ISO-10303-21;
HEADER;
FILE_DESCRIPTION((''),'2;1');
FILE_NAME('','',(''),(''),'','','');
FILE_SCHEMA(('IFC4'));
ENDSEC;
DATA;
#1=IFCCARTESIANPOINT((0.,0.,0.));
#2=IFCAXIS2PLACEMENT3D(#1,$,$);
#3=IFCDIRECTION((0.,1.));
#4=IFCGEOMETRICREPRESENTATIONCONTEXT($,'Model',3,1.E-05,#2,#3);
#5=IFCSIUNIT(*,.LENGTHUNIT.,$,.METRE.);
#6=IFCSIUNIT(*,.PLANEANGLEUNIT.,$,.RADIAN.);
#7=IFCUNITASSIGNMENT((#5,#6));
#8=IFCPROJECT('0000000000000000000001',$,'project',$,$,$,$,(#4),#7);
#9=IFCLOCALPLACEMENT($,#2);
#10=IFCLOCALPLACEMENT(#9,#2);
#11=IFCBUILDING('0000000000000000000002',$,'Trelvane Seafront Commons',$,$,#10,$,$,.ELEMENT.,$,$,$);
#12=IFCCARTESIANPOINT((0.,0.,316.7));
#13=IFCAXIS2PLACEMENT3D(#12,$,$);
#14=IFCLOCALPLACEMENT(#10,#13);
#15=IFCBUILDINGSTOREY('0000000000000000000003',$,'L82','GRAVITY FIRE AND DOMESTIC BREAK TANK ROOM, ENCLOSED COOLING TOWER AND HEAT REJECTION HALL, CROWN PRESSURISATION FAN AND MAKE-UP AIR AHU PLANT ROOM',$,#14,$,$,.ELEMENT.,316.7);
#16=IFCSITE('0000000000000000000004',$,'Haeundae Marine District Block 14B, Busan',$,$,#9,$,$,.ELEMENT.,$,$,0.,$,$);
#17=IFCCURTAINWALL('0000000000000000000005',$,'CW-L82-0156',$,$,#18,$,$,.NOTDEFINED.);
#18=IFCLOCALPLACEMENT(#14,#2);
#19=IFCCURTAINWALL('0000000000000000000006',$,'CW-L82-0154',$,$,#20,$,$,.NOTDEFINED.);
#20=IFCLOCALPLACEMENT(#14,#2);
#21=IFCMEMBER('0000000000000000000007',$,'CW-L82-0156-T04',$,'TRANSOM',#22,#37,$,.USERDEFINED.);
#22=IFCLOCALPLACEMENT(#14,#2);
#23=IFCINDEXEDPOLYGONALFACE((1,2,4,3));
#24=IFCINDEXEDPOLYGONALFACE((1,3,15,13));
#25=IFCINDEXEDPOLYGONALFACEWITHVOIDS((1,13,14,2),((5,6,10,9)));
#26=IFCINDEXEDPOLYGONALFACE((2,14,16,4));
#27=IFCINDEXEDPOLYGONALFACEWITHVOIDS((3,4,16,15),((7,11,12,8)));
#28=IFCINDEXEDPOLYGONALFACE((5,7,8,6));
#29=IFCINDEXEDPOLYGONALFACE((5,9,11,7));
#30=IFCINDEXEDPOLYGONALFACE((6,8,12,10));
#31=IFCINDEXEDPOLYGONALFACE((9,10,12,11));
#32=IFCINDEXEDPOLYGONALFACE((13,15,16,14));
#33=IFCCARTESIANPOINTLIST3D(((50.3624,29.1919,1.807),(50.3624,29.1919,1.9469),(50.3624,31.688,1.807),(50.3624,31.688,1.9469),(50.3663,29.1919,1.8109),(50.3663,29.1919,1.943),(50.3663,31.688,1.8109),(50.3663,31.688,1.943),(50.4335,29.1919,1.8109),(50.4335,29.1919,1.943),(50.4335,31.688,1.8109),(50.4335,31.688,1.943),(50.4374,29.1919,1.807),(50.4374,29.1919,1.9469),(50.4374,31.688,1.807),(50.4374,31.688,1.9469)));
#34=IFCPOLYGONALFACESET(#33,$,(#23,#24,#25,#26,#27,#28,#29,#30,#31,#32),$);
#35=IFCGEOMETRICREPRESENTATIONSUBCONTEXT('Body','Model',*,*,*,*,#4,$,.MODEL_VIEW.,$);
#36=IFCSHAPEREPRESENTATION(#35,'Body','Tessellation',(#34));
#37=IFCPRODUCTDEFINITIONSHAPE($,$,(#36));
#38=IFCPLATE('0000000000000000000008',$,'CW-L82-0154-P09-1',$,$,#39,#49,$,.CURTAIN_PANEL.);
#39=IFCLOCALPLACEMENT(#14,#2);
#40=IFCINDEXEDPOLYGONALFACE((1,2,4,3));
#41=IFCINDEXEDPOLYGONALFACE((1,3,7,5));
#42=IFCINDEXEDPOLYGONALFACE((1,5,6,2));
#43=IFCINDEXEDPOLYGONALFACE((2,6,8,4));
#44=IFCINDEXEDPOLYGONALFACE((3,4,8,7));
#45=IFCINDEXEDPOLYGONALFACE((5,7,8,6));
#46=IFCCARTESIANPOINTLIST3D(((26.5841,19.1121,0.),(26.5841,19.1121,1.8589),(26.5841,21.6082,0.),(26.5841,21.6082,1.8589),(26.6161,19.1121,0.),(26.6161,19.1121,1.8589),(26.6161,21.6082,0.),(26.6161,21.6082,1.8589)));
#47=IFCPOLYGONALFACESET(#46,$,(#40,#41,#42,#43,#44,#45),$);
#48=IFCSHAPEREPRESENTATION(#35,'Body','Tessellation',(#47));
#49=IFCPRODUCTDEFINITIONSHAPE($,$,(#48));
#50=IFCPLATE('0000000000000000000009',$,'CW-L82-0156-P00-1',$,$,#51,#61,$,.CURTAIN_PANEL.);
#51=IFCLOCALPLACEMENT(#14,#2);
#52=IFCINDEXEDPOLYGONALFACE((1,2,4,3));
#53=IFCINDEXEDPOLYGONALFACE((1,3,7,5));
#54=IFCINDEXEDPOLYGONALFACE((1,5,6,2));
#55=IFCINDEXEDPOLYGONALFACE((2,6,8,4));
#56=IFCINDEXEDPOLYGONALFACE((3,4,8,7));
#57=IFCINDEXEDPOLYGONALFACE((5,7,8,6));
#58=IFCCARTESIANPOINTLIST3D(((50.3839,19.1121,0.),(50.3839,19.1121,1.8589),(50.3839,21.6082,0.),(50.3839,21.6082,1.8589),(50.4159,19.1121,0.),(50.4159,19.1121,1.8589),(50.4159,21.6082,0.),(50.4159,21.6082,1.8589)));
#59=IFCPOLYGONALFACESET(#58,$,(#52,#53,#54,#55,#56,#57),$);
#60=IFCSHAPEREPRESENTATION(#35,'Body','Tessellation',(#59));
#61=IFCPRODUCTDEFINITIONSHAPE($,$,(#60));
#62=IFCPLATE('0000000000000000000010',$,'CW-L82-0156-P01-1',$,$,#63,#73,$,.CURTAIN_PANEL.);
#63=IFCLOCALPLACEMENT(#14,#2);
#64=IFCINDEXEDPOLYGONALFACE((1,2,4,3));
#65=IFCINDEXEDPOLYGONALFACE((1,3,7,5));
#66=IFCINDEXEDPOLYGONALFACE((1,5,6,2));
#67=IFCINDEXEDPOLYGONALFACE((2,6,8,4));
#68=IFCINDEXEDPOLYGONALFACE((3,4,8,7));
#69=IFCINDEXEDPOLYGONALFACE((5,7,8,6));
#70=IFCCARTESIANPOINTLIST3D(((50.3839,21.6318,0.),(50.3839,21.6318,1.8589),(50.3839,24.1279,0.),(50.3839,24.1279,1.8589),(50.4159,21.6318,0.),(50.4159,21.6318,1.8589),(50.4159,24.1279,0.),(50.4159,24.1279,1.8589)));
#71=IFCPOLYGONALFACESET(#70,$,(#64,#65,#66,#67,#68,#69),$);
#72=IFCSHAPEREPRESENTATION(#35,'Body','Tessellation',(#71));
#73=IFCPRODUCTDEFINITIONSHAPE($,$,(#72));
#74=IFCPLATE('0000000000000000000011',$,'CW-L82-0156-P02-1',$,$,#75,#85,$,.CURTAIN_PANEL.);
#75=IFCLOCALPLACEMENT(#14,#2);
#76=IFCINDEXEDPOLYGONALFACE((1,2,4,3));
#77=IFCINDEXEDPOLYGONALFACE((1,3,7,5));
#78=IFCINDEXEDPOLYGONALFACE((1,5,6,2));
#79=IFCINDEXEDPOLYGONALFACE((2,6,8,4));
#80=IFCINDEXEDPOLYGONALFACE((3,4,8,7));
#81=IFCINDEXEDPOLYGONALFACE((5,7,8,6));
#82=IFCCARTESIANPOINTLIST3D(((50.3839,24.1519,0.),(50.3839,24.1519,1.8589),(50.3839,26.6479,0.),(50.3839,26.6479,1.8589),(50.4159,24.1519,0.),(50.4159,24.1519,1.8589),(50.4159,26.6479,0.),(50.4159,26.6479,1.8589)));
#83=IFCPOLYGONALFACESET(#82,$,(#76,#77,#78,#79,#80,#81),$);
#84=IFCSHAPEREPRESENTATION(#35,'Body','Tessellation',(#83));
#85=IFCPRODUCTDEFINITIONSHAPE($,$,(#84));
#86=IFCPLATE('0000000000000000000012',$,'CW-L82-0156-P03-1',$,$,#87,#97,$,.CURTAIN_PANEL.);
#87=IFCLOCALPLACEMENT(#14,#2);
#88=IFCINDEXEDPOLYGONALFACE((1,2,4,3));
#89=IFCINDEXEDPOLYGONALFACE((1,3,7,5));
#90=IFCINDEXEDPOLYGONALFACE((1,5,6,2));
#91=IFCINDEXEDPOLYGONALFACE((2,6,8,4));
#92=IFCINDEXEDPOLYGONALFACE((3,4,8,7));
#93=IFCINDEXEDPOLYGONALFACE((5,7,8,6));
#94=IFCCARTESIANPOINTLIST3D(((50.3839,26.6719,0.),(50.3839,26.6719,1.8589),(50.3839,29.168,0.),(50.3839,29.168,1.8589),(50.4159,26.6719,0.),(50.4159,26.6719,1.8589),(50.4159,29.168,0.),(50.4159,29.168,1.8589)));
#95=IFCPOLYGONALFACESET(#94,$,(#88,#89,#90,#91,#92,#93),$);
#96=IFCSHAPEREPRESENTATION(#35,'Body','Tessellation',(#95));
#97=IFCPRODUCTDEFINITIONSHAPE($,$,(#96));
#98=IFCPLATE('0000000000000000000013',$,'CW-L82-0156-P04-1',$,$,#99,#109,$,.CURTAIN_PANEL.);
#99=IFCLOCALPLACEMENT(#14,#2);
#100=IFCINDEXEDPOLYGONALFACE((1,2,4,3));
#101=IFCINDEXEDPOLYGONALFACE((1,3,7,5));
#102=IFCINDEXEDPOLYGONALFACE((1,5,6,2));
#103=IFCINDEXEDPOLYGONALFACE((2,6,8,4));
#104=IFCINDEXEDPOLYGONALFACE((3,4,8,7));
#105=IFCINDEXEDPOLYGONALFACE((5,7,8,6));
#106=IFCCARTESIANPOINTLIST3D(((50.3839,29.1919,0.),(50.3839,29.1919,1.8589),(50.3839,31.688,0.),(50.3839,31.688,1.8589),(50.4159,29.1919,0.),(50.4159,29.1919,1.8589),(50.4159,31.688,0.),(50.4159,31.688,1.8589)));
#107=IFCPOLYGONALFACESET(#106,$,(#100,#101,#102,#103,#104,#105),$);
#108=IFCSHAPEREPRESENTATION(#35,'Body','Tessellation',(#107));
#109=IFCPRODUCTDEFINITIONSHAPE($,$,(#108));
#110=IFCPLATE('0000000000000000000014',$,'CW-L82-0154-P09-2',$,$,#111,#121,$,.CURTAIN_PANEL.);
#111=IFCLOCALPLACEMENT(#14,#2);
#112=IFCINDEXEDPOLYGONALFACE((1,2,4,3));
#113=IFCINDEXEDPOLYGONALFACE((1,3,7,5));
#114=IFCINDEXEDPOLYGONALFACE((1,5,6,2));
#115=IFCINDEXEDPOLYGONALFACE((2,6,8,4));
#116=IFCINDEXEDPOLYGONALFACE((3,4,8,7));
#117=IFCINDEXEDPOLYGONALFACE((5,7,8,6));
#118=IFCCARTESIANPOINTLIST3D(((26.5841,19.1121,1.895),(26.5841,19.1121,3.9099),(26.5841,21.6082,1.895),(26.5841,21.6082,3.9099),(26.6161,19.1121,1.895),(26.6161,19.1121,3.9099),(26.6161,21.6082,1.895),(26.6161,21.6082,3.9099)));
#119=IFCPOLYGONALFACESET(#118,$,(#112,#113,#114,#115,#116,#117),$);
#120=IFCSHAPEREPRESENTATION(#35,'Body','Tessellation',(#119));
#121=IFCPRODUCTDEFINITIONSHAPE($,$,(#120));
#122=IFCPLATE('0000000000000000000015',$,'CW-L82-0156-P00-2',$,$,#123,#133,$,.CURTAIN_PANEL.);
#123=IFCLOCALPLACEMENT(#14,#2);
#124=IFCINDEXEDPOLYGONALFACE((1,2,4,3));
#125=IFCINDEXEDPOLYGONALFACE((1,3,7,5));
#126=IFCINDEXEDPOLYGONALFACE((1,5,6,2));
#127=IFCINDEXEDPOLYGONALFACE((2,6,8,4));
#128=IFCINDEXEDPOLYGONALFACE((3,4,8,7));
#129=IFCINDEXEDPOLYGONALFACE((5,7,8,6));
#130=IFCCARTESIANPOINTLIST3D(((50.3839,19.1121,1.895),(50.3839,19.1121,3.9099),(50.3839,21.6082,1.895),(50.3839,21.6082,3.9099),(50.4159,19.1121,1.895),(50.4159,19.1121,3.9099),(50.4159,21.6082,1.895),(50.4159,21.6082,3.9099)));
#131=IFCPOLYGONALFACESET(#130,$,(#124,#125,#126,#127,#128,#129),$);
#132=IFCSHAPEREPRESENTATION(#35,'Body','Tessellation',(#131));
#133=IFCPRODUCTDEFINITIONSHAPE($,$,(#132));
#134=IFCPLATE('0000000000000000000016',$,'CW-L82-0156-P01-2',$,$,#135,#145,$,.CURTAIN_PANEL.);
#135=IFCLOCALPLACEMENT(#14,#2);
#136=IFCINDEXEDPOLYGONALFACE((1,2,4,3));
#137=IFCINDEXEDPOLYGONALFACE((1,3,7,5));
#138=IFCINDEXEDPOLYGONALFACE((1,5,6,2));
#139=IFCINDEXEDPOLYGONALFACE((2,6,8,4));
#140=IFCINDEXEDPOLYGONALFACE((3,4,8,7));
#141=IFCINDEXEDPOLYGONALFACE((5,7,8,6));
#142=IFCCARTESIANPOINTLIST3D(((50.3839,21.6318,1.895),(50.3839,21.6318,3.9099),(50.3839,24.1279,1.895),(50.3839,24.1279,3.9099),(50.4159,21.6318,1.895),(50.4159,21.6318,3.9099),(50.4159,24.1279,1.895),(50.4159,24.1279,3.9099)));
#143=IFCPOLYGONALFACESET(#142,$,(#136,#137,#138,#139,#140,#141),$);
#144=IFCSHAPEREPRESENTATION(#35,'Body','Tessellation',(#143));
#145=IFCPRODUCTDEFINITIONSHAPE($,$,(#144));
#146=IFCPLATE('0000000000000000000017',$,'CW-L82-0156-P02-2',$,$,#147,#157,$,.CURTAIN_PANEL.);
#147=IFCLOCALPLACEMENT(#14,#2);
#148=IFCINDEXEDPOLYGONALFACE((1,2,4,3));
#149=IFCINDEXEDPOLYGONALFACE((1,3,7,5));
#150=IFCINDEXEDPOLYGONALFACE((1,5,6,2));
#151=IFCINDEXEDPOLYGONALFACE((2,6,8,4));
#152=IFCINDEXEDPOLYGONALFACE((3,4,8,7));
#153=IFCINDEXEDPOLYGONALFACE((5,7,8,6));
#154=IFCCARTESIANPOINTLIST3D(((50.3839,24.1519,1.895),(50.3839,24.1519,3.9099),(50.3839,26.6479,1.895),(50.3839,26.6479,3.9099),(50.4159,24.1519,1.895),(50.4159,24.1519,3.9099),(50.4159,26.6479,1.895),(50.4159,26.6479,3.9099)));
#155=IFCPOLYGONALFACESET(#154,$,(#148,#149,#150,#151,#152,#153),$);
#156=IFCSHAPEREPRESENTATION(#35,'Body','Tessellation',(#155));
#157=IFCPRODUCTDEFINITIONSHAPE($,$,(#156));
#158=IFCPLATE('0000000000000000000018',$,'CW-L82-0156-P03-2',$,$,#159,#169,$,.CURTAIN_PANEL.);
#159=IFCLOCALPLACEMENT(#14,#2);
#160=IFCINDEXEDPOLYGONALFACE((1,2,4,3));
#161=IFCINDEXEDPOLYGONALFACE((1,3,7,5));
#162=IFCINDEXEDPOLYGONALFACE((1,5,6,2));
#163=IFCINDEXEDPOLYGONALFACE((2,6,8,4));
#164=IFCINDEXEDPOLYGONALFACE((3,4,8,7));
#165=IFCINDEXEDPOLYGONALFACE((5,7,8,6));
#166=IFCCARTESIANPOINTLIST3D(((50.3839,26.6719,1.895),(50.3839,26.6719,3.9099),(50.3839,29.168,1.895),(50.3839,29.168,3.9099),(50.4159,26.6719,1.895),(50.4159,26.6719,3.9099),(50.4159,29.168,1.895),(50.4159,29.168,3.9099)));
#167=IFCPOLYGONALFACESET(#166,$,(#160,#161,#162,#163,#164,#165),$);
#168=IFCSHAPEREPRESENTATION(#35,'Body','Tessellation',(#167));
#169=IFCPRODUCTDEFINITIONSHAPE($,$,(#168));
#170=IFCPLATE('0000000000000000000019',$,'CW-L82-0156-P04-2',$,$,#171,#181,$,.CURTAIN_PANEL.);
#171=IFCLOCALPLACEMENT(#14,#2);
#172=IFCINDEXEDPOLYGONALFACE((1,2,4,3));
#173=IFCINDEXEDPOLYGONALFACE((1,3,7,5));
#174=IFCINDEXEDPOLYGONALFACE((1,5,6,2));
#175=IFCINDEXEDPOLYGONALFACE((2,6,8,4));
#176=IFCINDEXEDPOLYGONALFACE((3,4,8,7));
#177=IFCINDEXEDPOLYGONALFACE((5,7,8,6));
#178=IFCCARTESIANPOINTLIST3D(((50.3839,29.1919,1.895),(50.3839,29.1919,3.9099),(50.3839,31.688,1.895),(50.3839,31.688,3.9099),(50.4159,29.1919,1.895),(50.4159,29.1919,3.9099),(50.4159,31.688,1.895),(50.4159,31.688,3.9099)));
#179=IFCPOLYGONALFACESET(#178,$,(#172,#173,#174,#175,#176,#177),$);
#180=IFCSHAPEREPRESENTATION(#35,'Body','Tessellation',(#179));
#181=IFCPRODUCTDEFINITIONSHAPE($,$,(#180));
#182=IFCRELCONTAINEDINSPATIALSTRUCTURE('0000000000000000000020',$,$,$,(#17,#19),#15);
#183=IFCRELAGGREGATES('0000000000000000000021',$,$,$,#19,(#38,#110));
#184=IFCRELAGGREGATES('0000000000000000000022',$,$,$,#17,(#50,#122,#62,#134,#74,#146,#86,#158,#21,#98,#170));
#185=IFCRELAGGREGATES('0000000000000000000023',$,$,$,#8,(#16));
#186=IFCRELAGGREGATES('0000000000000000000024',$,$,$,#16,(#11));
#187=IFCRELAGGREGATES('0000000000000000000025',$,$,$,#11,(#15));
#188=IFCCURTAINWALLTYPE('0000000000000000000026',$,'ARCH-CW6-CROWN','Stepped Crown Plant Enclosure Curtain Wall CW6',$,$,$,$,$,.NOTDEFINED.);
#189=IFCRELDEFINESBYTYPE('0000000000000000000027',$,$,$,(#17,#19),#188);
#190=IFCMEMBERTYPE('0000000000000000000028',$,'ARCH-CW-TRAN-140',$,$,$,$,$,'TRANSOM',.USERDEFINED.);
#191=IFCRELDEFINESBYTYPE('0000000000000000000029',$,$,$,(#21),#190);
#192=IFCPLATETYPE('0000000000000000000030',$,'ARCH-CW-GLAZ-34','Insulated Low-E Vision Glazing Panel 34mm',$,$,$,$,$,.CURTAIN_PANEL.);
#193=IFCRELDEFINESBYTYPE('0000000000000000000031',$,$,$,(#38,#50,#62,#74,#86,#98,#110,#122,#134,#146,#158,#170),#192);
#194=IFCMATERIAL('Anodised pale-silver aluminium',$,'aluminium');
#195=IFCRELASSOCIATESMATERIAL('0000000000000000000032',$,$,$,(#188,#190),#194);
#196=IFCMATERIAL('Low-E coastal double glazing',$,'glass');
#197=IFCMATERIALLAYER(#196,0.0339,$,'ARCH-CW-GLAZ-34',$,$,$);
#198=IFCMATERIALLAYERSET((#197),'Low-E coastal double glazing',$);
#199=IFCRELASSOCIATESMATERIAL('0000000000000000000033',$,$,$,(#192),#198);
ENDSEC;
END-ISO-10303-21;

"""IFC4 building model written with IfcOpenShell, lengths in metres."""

from ifc_helpers import new_model, si_unit, direction, frame, origin, origin_2d, place, context, subcontext, project, spatial, rectangle, hollow_rectangle, extrude, source, transform, mapped, material, layer, layer_set, material_profile, profile_set, type_object, element, aggregate, save


model = new_model("IFC4")

# Units and contexts
model_context = context("Model", 3, precision=1e-05, world=origin(), true_north=direction((0.0, 1.0)))
body_context = subcontext(model_context, "Body", "Model", "MODEL_VIEW")
ifc_project = project(units=[si_unit("LENGTHUNIT", "METRE"), si_unit("PLANEANGLEUNIT", "RADIAN")], contexts=[model_context])

# Site, building, storey
site_placement = place(None, origin())
site = spatial("IfcSite", under=ifc_project, at=site_placement, Name="Haeundae Marine District Block 14B, Busan", CompositionType="ELEMENT", RefElevation=0.0)
building_placement = place(site_placement, origin())
building = spatial("IfcBuilding", under=site, at=building_placement, Name="Trelvane Seafront Commons", CompositionType="ELEMENT")
storey_placement = place(building_placement, frame((0.0, 0.0, 316.7)))
storey = spatial("IfcBuildingStorey", under=building, at=storey_placement, Name="L82", Description="GRAVITY FIRE AND DOMESTIC BREAK TANK ROOM, ENCLOSED COOLING TOWER AND HEAT REJECTION HALL, CROWN PRESSURISATION FAN AND MAKE-UP AIR AHU PLANT ROOM", CompositionType="ELEMENT", Elevation=316.7)

# Curtain wall
ifc_material_1 = material(Name="Anodised pale-silver aluminium", Category="aluminium")
curtain_wall_type = type_object("IfcCurtainWallType", Name="ARCH-CW6-CROWN", Description="Stepped Crown Plant Enclosure Curtain Wall CW6", PredefinedType="NOTDEFINED", material=ifc_material_1)
curtain_wall_1_placement = place(storey_placement, origin())
curtain_wall_1 = element("IfcCurtainWall", 1, at=curtain_wall_1_placement, inside=storey, type_object=curtain_wall_type, Name="CW-L82-0156", PredefinedType="NOTDEFINED")

# Curtain wall
curtain_wall_2_placement = place(storey_placement, origin())
curtain_wall_2 = element("IfcCurtainWall", 2, at=curtain_wall_2_placement, inside=storey, type_object=curtain_wall_type, Name="CW-L82-0154", PredefinedType="NOTDEFINED")
ifc_material_profile_1 = material_profile(ifc_material_1, hollow_rectangle(XDim=0.075, YDim=0.1399, WallThickness=0.0039, at=origin_2d()), Name="TRAN-75x140x4")
ifc_profile_set_1 = profile_set([ifc_material_profile_1], Name="Anodised pale-silver aluminium")
member_type_1 = type_object("IfcMemberType", Name="ARCH-CW-TRAN-140", ElementType="TRANSOM", PredefinedType="USERDEFINED", material=ifc_profile_set_1)

# Member
shared_shape_1 = source(origin(), body_context, "Body", "SweptSolid", [
    extrude(hollow_rectangle(XDim=0.075, YDim=0.1399, WallThickness=0.0039, at=origin_2d()), origin(), (0.0, 0.0, 1.0), 2.4961),
])
member_1_placement = place(storey_placement, frame((50.3999, 29.1919, 1.877), z_axis=(0.0, 1.0, 0.0), x_axis=(-1.0, 0.0, 0.0)))
member_1 = element("IfcMember", 3, at=member_1_placement, type_object=member_type_1, Name="CW-L82-0156-T04", ObjectType="TRANSOM", PredefinedType="USERDEFINED", context=body_context, shape_type="MappedRepresentation", body=[
    mapped(shared_shape_1, transform((0.0, 0.0, 0.0), x_axis=(1.0, 0.0, 0.0), y_axis=(0.0, 1.0, 0.0), z_axis=(0.0, 0.0, 1.0), scale=1.0)),
])

# Plates
ifc_material_2 = material(Name="Low-E coastal double glazing", Category="glass")
ifc_layer_1 = layer(ifc_material_2, 0.0339, Name="ARCH-CW-GLAZ-34")
ifc_layer_set_1 = layer_set([ifc_layer_1], Name="Low-E coastal double glazing")
plate_type_1 = type_object("IfcPlateType", Name="ARCH-CW-GLAZ-34", Description="Insulated Low-E Vision Glazing Panel 34mm", PredefinedType="CURTAIN_PANEL", material=ifc_layer_set_1)
shared_shape_2 = source(origin(), body_context, "Body", "SweptSolid", [
    extrude(rectangle(XDim=2.4961, YDim=0.032, at=origin_2d()), origin(), (0.0, 0.0, 1.0), 1.8589),
])
plate_1_placement = place(storey_placement, frame((26.6001, 20.3601, 0.0), z_axis=(0.0, 0.0, 1.0), x_axis=(0.0, -1.0, 0.0)))
plate_1 = element("IfcPlate", 4, at=plate_1_placement, type_object=plate_type_1, Name="CW-L82-0154-P09-1", PredefinedType="CURTAIN_PANEL", context=body_context, shape_type="MappedRepresentation", body=[
    mapped(shared_shape_2, transform((0.0, 0.0, 0.0), x_axis=(1.0, 0.0, 0.0), y_axis=(0.0, 1.0, 0.0), z_axis=(0.0, 0.0, 1.0), scale=1.0)),
])
plate_2_placement = place(storey_placement, frame((50.3999, 20.3601, 0.0), z_axis=(0.0, 0.0, 1.0), x_axis=(0.0, 1.0, 0.0)))
plate_2 = element("IfcPlate", 5, at=plate_2_placement, type_object=plate_type_1, Name="CW-L82-0156-P00-1", PredefinedType="CURTAIN_PANEL", context=body_context, shape_type="MappedRepresentation", body=[
    mapped(shared_shape_2, transform((0.0, 0.0, 0.0), x_axis=(1.0, 0.0, 0.0), y_axis=(0.0, 1.0, 0.0), z_axis=(0.0, 0.0, 1.0), scale=1.0)),
])
plate_3_placement = place(storey_placement, frame((50.3999, 22.8799, 0.0), z_axis=(0.0, 0.0, 1.0), x_axis=(0.0, 1.0, 0.0)))
plate_3 = element("IfcPlate", 6, at=plate_3_placement, type_object=plate_type_1, Name="CW-L82-0156-P01-1", PredefinedType="CURTAIN_PANEL", context=body_context, shape_type="MappedRepresentation", body=[
    mapped(shared_shape_2, transform((0.0, 0.0, 0.0), x_axis=(1.0, 0.0, 0.0), y_axis=(0.0, 1.0, 0.0), z_axis=(0.0, 0.0, 1.0), scale=1.0)),
])
plate_4_placement = place(storey_placement, frame((50.3999, 25.3999, 0.0), z_axis=(0.0, 0.0, 1.0), x_axis=(0.0, 1.0, 0.0)))
plate_4 = element("IfcPlate", 7, at=plate_4_placement, type_object=plate_type_1, Name="CW-L82-0156-P02-1", PredefinedType="CURTAIN_PANEL", context=body_context, shape_type="MappedRepresentation", body=[
    mapped(shared_shape_2, transform((0.0, 0.0, 0.0), x_axis=(1.0, 0.0, 0.0), y_axis=(0.0, 1.0, 0.0), z_axis=(0.0, 0.0, 1.0), scale=1.0)),
])
plate_5_placement = place(storey_placement, frame((50.3999, 27.9199, 0.0), z_axis=(0.0, 0.0, 1.0), x_axis=(0.0, 1.0, 0.0)))
plate_5 = element("IfcPlate", 8, at=plate_5_placement, type_object=plate_type_1, Name="CW-L82-0156-P03-1", PredefinedType="CURTAIN_PANEL", context=body_context, shape_type="MappedRepresentation", body=[
    mapped(shared_shape_2, transform((0.0, 0.0, 0.0), x_axis=(1.0, 0.0, 0.0), y_axis=(0.0, 1.0, 0.0), z_axis=(0.0, 0.0, 1.0), scale=1.0)),
])
plate_6_placement = place(storey_placement, frame((50.3999, 30.4399, 0.0), z_axis=(0.0, 0.0, 1.0), x_axis=(0.0, 1.0, 0.0)))
plate_6 = element("IfcPlate", 9, at=plate_6_placement, type_object=plate_type_1, Name="CW-L82-0156-P04-1", PredefinedType="CURTAIN_PANEL", context=body_context, shape_type="MappedRepresentation", body=[
    mapped(shared_shape_2, transform((0.0, 0.0, 0.0), x_axis=(1.0, 0.0, 0.0), y_axis=(0.0, 1.0, 0.0), z_axis=(0.0, 0.0, 1.0), scale=1.0)),
])
shared_shape_3 = source(origin(), body_context, "Body", "SweptSolid", [
    extrude(rectangle(XDim=2.4961, YDim=0.032, at=origin_2d()), origin(), (0.0, 0.0, 1.0), 2.0149),
])
plate_7_placement = place(storey_placement, frame((26.6001, 20.3601, 1.895), z_axis=(0.0, 0.0, 1.0), x_axis=(0.0, -1.0, 0.0)))
plate_7 = element("IfcPlate", 10, at=plate_7_placement, type_object=plate_type_1, Name="CW-L82-0154-P09-2", PredefinedType="CURTAIN_PANEL", context=body_context, shape_type="MappedRepresentation", body=[
    mapped(shared_shape_3, transform((0.0, 0.0, 0.0), x_axis=(1.0, 0.0, 0.0), y_axis=(0.0, 1.0, 0.0), z_axis=(0.0, 0.0, 1.0), scale=1.0)),
])
aggregate(curtain_wall_2, [plate_1, plate_7])
plate_8_placement = place(storey_placement, frame((50.3999, 20.3601, 1.895), z_axis=(0.0, 0.0, 1.0), x_axis=(0.0, 1.0, 0.0)))
plate_8 = element("IfcPlate", 11, at=plate_8_placement, type_object=plate_type_1, Name="CW-L82-0156-P00-2", PredefinedType="CURTAIN_PANEL", context=body_context, shape_type="MappedRepresentation", body=[
    mapped(shared_shape_3, transform((0.0, 0.0, 0.0), x_axis=(1.0, 0.0, 0.0), y_axis=(0.0, 1.0, 0.0), z_axis=(0.0, 0.0, 1.0), scale=1.0)),
])
plate_9_placement = place(storey_placement, frame((50.3999, 22.8799, 1.895), z_axis=(0.0, 0.0, 1.0), x_axis=(0.0, 1.0, 0.0)))
plate_9 = element("IfcPlate", 12, at=plate_9_placement, type_object=plate_type_1, Name="CW-L82-0156-P01-2", PredefinedType="CURTAIN_PANEL", context=body_context, shape_type="MappedRepresentation", body=[
    mapped(shared_shape_3, transform((0.0, 0.0, 0.0), x_axis=(1.0, 0.0, 0.0), y_axis=(0.0, 1.0, 0.0), z_axis=(0.0, 0.0, 1.0), scale=1.0)),
])
plate_10_placement = place(storey_placement, frame((50.3999, 25.3999, 1.895), z_axis=(0.0, 0.0, 1.0), x_axis=(0.0, 1.0, 0.0)))
plate_10 = element("IfcPlate", 13, at=plate_10_placement, type_object=plate_type_1, Name="CW-L82-0156-P02-2", PredefinedType="CURTAIN_PANEL", context=body_context, shape_type="MappedRepresentation", body=[
    mapped(shared_shape_3, transform((0.0, 0.0, 0.0), x_axis=(1.0, 0.0, 0.0), y_axis=(0.0, 1.0, 0.0), z_axis=(0.0, 0.0, 1.0), scale=1.0)),
])
plate_11_placement = place(storey_placement, frame((50.3999, 27.9199, 1.895), z_axis=(0.0, 0.0, 1.0), x_axis=(0.0, 1.0, 0.0)))
plate_11 = element("IfcPlate", 14, at=plate_11_placement, type_object=plate_type_1, Name="CW-L82-0156-P03-2", PredefinedType="CURTAIN_PANEL", context=body_context, shape_type="MappedRepresentation", body=[
    mapped(shared_shape_3, transform((0.0, 0.0, 0.0), x_axis=(1.0, 0.0, 0.0), y_axis=(0.0, 1.0, 0.0), z_axis=(0.0, 0.0, 1.0), scale=1.0)),
])
plate_12_placement = place(storey_placement, frame((50.3999, 30.4399, 1.895), z_axis=(0.0, 0.0, 1.0), x_axis=(0.0, 1.0, 0.0)))
plate_12 = element("IfcPlate", 15, at=plate_12_placement, type_object=plate_type_1, Name="CW-L82-0156-P04-2", PredefinedType="CURTAIN_PANEL", context=body_context, shape_type="MappedRepresentation", body=[
    mapped(shared_shape_3, transform((0.0, 0.0, 0.0), x_axis=(1.0, 0.0, 0.0), y_axis=(0.0, 1.0, 0.0), z_axis=(0.0, 0.0, 1.0), scale=1.0)),
])
aggregate(curtain_wall_1, [plate_2, plate_8, plate_3, plate_9, plate_4, plate_10, plate_5, plate_11, member_1, plate_6, plate_12])

save(model, "model.ifc")
